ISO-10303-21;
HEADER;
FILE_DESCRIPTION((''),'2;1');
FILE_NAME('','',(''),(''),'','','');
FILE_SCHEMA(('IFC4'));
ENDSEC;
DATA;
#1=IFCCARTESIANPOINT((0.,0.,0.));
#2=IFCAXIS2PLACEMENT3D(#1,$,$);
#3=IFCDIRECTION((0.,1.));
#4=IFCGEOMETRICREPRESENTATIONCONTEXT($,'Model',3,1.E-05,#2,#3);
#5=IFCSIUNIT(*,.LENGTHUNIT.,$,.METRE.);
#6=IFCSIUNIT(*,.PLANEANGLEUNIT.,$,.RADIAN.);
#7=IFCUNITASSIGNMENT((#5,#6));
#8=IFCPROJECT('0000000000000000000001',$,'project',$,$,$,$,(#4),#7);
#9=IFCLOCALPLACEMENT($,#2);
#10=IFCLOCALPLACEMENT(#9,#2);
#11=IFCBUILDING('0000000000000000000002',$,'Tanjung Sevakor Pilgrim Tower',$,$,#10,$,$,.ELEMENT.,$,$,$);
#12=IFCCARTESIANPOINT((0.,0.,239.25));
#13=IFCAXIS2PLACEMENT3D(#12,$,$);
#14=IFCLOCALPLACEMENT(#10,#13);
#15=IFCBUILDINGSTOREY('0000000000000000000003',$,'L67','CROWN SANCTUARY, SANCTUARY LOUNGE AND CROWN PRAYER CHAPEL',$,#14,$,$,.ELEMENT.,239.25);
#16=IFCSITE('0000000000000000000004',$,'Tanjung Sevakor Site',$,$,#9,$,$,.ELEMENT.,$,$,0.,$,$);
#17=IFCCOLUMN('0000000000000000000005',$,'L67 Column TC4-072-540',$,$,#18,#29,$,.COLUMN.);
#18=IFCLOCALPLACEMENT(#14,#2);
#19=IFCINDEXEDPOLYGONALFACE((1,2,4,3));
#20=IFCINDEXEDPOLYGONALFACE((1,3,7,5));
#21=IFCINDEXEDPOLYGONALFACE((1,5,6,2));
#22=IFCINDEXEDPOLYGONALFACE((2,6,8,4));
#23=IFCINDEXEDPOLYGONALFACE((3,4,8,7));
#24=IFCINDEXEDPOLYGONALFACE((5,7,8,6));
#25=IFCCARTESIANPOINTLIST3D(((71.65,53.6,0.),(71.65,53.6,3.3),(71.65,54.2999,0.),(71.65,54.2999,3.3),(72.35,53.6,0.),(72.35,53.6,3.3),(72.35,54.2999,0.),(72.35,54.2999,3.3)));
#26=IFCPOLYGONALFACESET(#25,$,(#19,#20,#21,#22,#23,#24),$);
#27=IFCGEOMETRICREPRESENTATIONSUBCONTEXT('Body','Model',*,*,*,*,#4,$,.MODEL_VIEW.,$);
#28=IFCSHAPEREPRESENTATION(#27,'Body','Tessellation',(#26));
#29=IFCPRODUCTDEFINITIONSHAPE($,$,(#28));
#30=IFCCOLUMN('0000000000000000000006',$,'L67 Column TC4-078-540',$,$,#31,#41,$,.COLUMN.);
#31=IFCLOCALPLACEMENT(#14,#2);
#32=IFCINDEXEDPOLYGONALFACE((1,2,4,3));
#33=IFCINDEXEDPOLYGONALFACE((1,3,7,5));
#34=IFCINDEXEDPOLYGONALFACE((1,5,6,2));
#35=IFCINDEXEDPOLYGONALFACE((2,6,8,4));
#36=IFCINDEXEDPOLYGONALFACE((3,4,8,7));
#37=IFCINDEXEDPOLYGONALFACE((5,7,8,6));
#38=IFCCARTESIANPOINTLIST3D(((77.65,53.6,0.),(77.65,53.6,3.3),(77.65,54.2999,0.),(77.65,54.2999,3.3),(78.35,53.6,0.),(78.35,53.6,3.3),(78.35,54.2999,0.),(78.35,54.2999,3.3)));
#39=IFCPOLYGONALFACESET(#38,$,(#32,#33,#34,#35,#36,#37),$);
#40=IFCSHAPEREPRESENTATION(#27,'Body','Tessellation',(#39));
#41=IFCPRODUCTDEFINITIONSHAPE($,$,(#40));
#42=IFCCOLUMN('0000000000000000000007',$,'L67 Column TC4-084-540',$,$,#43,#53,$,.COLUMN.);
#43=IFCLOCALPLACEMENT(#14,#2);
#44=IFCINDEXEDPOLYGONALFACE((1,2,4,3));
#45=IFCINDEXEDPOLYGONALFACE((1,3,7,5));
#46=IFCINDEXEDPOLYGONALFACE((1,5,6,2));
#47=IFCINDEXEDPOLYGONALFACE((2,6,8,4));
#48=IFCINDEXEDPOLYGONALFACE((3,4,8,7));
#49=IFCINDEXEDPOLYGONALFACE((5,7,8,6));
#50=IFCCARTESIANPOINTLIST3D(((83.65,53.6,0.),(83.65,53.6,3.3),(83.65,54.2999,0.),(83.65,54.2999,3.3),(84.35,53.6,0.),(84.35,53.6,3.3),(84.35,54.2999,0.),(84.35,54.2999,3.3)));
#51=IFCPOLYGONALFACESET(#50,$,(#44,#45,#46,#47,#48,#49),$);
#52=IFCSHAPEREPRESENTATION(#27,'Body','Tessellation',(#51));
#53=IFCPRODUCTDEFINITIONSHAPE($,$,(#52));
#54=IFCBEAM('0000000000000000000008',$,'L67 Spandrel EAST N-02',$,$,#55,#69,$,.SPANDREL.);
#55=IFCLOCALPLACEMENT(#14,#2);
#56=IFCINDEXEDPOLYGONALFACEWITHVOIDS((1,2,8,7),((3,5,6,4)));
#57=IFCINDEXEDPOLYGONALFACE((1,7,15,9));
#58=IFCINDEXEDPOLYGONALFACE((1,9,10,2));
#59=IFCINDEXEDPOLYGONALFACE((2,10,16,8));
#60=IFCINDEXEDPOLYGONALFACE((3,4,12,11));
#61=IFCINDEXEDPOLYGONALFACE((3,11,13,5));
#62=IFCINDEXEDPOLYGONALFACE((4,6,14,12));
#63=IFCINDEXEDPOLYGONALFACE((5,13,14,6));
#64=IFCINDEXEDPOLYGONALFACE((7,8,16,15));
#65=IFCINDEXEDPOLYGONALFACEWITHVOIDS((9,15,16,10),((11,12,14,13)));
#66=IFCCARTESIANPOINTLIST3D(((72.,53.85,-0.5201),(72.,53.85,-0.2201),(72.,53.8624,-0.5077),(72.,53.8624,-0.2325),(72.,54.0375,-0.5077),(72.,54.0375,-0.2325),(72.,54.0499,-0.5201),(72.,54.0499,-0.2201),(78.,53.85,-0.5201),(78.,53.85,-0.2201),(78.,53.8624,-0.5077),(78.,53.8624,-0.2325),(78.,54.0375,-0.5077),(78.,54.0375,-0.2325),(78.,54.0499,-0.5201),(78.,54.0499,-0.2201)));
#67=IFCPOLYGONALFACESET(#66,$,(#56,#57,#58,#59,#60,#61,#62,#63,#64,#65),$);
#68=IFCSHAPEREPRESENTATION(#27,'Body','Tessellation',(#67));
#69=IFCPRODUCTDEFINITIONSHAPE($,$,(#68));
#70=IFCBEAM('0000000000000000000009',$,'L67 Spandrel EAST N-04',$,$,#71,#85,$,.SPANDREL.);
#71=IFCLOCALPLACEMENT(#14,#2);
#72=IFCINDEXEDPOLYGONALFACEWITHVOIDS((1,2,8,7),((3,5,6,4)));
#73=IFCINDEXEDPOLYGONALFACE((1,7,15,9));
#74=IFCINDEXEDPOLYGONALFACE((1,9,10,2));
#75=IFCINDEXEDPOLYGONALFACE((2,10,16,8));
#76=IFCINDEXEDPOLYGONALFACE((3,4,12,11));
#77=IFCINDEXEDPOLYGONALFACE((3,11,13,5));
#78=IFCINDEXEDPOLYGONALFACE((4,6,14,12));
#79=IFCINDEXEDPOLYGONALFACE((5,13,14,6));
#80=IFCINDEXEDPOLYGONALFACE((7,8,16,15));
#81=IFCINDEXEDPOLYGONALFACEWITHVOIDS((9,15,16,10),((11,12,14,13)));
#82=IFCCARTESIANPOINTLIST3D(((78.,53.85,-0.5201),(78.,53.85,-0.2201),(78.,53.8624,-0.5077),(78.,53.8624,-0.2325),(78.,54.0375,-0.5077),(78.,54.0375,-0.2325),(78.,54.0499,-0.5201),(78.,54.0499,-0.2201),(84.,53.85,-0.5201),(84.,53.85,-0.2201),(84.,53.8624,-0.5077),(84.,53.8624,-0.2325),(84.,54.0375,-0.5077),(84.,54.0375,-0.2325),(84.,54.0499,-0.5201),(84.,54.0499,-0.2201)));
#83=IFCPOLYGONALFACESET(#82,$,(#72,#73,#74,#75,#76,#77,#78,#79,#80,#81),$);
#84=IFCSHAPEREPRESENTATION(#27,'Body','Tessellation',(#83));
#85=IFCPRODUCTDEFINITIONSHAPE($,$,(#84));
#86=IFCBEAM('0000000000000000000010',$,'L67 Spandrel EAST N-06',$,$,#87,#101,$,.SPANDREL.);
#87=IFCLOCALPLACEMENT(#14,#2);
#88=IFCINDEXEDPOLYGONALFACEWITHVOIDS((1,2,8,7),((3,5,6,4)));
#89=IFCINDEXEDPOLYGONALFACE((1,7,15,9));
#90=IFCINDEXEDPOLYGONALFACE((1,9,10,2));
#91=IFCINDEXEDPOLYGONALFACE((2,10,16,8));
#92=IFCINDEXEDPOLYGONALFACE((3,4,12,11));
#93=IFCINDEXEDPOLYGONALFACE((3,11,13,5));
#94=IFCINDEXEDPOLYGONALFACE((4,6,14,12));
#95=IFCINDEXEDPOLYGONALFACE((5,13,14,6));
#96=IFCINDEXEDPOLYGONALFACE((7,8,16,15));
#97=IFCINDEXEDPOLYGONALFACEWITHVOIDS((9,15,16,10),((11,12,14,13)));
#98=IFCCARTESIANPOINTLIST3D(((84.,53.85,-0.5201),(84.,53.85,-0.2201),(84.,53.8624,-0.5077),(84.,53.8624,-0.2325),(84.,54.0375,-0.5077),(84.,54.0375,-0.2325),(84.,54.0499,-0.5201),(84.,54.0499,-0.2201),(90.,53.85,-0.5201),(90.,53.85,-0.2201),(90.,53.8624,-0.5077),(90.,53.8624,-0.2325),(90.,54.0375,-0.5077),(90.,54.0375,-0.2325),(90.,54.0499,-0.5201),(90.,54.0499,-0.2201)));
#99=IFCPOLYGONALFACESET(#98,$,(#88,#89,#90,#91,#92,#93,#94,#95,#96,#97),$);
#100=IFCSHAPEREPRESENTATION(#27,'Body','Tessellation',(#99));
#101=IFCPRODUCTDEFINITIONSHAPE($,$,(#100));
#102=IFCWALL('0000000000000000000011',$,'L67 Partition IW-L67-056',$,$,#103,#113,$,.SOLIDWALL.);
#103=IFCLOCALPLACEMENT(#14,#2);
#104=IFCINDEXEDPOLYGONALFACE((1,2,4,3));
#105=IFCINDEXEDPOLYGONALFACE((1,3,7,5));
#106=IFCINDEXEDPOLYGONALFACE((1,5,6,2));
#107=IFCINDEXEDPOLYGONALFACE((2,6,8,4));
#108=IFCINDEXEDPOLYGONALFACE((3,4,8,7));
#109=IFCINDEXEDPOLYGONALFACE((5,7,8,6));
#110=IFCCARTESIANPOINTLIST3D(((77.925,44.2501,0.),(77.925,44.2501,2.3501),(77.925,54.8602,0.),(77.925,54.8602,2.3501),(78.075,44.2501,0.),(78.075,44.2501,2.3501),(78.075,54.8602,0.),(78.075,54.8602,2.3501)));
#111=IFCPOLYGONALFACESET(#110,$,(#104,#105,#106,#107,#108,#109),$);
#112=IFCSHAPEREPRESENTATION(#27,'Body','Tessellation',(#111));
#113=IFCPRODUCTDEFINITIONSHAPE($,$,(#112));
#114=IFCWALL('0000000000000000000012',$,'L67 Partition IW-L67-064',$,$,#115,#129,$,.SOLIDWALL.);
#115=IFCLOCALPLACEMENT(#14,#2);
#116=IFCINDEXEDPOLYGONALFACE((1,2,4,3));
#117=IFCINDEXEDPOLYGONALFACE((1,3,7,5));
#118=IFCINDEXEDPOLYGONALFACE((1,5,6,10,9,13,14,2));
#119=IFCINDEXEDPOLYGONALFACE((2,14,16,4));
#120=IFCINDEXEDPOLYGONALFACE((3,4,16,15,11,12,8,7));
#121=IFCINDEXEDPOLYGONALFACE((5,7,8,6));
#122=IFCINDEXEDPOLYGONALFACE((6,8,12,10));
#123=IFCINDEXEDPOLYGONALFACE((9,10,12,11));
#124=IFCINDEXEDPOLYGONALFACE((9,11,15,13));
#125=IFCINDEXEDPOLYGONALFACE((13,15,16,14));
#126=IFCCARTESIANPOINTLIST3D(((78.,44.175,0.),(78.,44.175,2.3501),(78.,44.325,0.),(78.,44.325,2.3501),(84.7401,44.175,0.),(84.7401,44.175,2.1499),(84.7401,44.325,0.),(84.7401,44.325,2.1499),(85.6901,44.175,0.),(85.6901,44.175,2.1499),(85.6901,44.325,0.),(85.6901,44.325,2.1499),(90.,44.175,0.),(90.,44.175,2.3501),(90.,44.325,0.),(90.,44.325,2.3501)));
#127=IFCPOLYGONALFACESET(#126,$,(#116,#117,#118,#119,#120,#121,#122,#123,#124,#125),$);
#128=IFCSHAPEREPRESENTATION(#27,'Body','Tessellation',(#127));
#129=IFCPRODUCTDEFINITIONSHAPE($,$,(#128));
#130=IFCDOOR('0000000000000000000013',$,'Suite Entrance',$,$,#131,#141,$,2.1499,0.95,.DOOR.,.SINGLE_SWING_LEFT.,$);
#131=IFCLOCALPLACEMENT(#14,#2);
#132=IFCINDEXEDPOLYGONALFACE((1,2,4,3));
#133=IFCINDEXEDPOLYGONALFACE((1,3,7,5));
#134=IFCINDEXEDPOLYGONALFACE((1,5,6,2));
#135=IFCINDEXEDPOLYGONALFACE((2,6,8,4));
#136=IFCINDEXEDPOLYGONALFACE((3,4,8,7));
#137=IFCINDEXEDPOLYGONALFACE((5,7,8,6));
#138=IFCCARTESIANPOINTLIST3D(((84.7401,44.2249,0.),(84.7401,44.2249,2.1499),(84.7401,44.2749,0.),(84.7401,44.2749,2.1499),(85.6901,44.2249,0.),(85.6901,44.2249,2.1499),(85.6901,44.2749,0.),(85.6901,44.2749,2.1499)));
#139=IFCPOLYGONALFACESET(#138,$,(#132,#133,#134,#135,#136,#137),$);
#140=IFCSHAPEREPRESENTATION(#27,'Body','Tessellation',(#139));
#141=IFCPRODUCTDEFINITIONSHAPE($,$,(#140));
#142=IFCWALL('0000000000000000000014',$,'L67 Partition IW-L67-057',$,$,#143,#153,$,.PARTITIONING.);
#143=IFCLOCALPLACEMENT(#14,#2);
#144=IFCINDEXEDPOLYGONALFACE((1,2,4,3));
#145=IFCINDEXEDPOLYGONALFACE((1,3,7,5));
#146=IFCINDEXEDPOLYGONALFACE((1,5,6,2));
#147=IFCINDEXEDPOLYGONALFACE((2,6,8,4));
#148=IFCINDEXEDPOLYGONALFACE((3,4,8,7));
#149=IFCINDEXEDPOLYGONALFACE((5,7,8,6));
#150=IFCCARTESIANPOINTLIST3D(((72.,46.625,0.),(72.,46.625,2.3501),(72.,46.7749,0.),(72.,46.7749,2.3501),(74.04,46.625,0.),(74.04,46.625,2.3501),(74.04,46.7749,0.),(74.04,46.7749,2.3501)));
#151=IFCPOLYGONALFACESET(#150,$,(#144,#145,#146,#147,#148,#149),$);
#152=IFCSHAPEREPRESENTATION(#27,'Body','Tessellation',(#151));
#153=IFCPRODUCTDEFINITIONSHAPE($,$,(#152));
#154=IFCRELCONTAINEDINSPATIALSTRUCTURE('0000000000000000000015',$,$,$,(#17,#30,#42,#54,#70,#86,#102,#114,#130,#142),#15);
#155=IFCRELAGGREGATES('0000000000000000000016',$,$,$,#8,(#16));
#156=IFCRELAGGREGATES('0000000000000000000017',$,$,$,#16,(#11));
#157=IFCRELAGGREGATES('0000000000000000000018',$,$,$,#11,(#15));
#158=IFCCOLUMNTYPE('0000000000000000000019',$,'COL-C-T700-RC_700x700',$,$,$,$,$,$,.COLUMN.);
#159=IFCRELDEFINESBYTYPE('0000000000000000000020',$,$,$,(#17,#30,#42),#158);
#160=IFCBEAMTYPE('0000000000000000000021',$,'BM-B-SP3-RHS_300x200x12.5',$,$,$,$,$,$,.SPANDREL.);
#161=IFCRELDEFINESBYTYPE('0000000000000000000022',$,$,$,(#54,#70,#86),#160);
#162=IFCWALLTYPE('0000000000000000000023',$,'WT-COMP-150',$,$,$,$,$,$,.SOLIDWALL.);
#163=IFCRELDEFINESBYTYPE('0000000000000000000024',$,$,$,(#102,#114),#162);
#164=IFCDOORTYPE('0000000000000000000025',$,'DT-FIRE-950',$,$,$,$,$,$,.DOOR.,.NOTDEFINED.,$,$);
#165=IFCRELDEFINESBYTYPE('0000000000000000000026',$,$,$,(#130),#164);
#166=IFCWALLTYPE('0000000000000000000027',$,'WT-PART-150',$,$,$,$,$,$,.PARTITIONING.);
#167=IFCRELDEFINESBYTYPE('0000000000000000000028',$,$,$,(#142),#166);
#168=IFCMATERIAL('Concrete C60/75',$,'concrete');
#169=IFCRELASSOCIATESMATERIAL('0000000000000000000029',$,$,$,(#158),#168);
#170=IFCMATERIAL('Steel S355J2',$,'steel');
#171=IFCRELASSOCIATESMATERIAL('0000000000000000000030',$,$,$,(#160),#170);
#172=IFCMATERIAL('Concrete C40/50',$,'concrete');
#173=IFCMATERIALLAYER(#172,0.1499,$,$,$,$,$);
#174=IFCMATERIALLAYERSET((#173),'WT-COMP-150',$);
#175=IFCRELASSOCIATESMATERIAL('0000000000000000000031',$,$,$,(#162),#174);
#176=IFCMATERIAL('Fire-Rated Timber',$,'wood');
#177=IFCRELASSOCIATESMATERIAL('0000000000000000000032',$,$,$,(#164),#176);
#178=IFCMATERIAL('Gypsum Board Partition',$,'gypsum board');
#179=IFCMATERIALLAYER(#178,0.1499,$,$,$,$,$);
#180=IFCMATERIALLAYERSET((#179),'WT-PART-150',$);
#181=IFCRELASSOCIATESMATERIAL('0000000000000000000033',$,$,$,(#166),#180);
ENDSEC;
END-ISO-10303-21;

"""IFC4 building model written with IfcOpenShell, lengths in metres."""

from ifc_helpers import new_model, si_unit, direction, frame, frame_2d, origin, origin_2d, place, context, subcontext, project, spatial, rectangle, hollow_rectangle, extrude, material, layer, layer_set, material_profile, profile_set, type_object, element, fill, save


model = new_model("IFC4")

# Units and contexts
model_context = context("Model", 3, precision=1e-05, world=origin(), true_north=direction((0.0, 1.0)))
body_context = subcontext(model_context, "Body", "Model", "MODEL_VIEW")
ifc_project = project(units=[si_unit("LENGTHUNIT", "METRE"), si_unit("PLANEANGLEUNIT", "RADIAN")], contexts=[model_context])

# Site, building, storey
site_placement = place(None, origin())
site = spatial("IfcSite", under=ifc_project, at=site_placement, Name="Tanjung Sevakor Site", CompositionType="ELEMENT", RefElevation=0.0)
building_placement = place(site_placement, origin())
building = spatial("IfcBuilding", under=site, at=building_placement, Name="Tanjung Sevakor Pilgrim Tower", CompositionType="ELEMENT")
storey_placement = place(building_placement, frame((0.0, 0.0, 239.25)))
storey = spatial("IfcBuildingStorey", under=building, at=storey_placement, Name="L67", Description="CROWN SANCTUARY, SANCTUARY LOUNGE AND CROWN PRAYER CHAPEL", CompositionType="ELEMENT", Elevation=239.25)

# Columns
ifc_material_1 = material(Name="Concrete C60/75", Category="concrete")
ifc_material_profile_1 = material_profile(ifc_material_1, rectangle(XDim=0.7, YDim=0.7, at=origin_2d()))
ifc_profile_set_1 = profile_set([ifc_material_profile_1], Name="Concrete C60/75")
column_type = type_object("IfcColumnType", Name="COL-C-T700-RC_700x700", PredefinedType="COLUMN", material=ifc_profile_set_1)
for number, where, z_axis, x_axis, name in (
    (1, (72.0, 53.95, 0.0), (0.0, 0.0, 1.0), (1.0, 0.0, 0.0), "L67 Column TC4-072-540"),
    (2, (78.0, 53.95, 0.0), (0.0, 0.0, 1.0), (1.0, 0.0, 0.0), "L67 Column TC4-078-540"),
    (3, (84.0, 53.95, 0.0), (0.0, 0.0, 1.0), (1.0, 0.0, 0.0), "L67 Column TC4-084-540"),
):
    element("IfcColumn", number, at=place(storey_placement, frame(where, z_axis=z_axis, x_axis=x_axis)), inside=storey, type_object=column_type, Name=name, PredefinedType="COLUMN", context=body_context, shape_type="SweptSolid", body=[
        extrude(rectangle(XDim=0.7, YDim=0.7, at=origin_2d()), origin(), (0.0, 0.0, 1.0), 3.3),
    ])

# Beams
ifc_material_2 = material(Name="Steel S355J2", Category="steel")
ifc_material_profile_2 = material_profile(ifc_material_2, hollow_rectangle(XDim=0.2, YDim=0.3, WallThickness=0.0125, at=origin_2d()))
ifc_profile_set_2 = profile_set([ifc_material_profile_2], Name="Steel S355J2")
beam_type = type_object("IfcBeamType", Name="BM-B-SP3-RHS_300x200x12.5", PredefinedType="SPANDREL", material=ifc_profile_set_2)
for number, where, z_axis, x_axis, name in (
    (4, (72.0, 53.95, -0.3701), (1.0, 0.0, 0.0), (0.0, 1.0, 0.0), "L67 Spandrel EAST N-02"),
    (5, (78.0, 53.95, -0.3701), (1.0, 0.0, 0.0), (0.0, 1.0, 0.0), "L67 Spandrel EAST N-04"),
    (6, (84.0, 53.95, -0.3701), (1.0, 0.0, 0.0), (0.0, 1.0, 0.0), "L67 Spandrel EAST N-06"),
):
    element("IfcBeam", number, at=place(storey_placement, frame(where, z_axis=z_axis, x_axis=x_axis)), inside=storey, type_object=beam_type, Name=name, PredefinedType="SPANDREL", context=body_context, shape_type="SweptSolid", body=[
        extrude(hollow_rectangle(XDim=0.2, YDim=0.3, WallThickness=0.0125, at=origin_2d()), origin(), (0.0, 0.0, 1.0), 6.0),
    ])

# Wall
ifc_material_3 = material(Name="Concrete C40/50", Category="concrete")
ifc_layer_1 = layer(ifc_material_3, 0.1499)
ifc_layer_set_1 = layer_set([ifc_layer_1], Name="WT-COMP-150")
wall_type_1 = type_object("IfcWallType", Name="WT-COMP-150", PredefinedType="SOLIDWALL", material=ifc_layer_set_1)
wall_1_placement = place(storey_placement, frame((78.0, 44.25, 0.0), z_axis=(0.0, 0.0, 1.0), x_axis=(0.0, 1.0, 0.0)))
element("IfcWall", 7, at=wall_1_placement, inside=storey, type_object=wall_type_1, Name="L67 Partition IW-L67-056", PredefinedType="SOLIDWALL", context=body_context, shape_type="SweptSolid", body=[
    extrude(rectangle(XDim=10.6101, YDim=0.1499, at=frame_2d((5.3052, 0.0))), origin(), (0.0, 0.0, 1.0), 2.3501),
])

# Wall, opening, door
ifc_material_4 = material(Name="Fire-Rated Timber", Category="wood")
door_type_1 = type_object("IfcDoorType", Name="DT-FIRE-950", OperationType="NOTDEFINED", PredefinedType="DOOR", material=ifc_material_4)
wall_2_placement = place(storey_placement, frame((78.0, 44.25, 0.0), z_axis=(0.0, 0.0, 1.0), x_axis=(1.0, 0.0, 0.0)))
wall_2 = element("IfcWall", 8, at=wall_2_placement, inside=storey, type_object=wall_type_1, Name="L67 Partition IW-L67-064", PredefinedType="SOLIDWALL", context=body_context, shape_type="SweptSolid", body=[
    extrude(rectangle(XDim=12.0, YDim=0.1499, at=frame_2d((6.0, 0.0))), origin(), (0.0, 0.0, 1.0), 2.3501),
])
opening_1_placement = place(wall_2_placement, frame((6.74, 0.0, 0.0)))
opening_1 = element("IfcOpeningElement", 9, at=opening_1_placement, cuts=wall_2, PredefinedType="OPENING", context=body_context, shape_type="SweptSolid", body=[
    extrude(rectangle(XDim=0.95, YDim=2.1499, at=frame_2d((0.4751, 1.075))), frame((0.0, 0.085, 0.0), z_axis=(0.0, -1.0, 0.0), x_axis=(1.0, 0.0, 0.0)), (0.0, 0.0, 1.0), 0.1699),
])
door_1_placement = place(opening_1_placement, origin())
door_1 = element("IfcDoor", 10, at=door_1_placement, inside=storey, type_object=door_type_1, Name="Suite Entrance", OperationType="SINGLE_SWING_LEFT", OverallHeight=2.1499, OverallWidth=0.95, PredefinedType="DOOR", context=body_context, shape_type="SweptSolid", body=[
    extrude(rectangle(XDim=0.95, YDim=2.1499, at=frame_2d((0.4751, 1.075))), frame((0.0, 0.0249, 0.0), z_axis=(0.0, -1.0, 0.0), x_axis=(1.0, 0.0, 0.0)), (0.0, 0.0, 1.0), 0.05),
])
fill(opening_1, door_1)

# Wall
ifc_material_5 = material(Name="Gypsum Board Partition", Category="gypsum board")
ifc_layer_2 = layer(ifc_material_5, 0.1499)
ifc_layer_set_2 = layer_set([ifc_layer_2], Name="WT-PART-150")
wall_type_2 = type_object("IfcWallType", Name="WT-PART-150", PredefinedType="PARTITIONING", material=ifc_layer_set_2)
wall_3_placement = place(storey_placement, frame((72.0, 46.7, 0.0), z_axis=(0.0, 0.0, 1.0), x_axis=(1.0, 0.0, 0.0)))
element("IfcWall", 11, at=wall_3_placement, inside=storey, type_object=wall_type_2, Name="L67 Partition IW-L67-057", PredefinedType="PARTITIONING", context=body_context, shape_type="SweptSolid", body=[
    extrude(rectangle(XDim=2.04, YDim=0.1499, at=frame_2d((1.02, 0.0))), origin(), (0.0, 0.0, 1.0), 2.3501),
])

save(model, "model.ifc")
